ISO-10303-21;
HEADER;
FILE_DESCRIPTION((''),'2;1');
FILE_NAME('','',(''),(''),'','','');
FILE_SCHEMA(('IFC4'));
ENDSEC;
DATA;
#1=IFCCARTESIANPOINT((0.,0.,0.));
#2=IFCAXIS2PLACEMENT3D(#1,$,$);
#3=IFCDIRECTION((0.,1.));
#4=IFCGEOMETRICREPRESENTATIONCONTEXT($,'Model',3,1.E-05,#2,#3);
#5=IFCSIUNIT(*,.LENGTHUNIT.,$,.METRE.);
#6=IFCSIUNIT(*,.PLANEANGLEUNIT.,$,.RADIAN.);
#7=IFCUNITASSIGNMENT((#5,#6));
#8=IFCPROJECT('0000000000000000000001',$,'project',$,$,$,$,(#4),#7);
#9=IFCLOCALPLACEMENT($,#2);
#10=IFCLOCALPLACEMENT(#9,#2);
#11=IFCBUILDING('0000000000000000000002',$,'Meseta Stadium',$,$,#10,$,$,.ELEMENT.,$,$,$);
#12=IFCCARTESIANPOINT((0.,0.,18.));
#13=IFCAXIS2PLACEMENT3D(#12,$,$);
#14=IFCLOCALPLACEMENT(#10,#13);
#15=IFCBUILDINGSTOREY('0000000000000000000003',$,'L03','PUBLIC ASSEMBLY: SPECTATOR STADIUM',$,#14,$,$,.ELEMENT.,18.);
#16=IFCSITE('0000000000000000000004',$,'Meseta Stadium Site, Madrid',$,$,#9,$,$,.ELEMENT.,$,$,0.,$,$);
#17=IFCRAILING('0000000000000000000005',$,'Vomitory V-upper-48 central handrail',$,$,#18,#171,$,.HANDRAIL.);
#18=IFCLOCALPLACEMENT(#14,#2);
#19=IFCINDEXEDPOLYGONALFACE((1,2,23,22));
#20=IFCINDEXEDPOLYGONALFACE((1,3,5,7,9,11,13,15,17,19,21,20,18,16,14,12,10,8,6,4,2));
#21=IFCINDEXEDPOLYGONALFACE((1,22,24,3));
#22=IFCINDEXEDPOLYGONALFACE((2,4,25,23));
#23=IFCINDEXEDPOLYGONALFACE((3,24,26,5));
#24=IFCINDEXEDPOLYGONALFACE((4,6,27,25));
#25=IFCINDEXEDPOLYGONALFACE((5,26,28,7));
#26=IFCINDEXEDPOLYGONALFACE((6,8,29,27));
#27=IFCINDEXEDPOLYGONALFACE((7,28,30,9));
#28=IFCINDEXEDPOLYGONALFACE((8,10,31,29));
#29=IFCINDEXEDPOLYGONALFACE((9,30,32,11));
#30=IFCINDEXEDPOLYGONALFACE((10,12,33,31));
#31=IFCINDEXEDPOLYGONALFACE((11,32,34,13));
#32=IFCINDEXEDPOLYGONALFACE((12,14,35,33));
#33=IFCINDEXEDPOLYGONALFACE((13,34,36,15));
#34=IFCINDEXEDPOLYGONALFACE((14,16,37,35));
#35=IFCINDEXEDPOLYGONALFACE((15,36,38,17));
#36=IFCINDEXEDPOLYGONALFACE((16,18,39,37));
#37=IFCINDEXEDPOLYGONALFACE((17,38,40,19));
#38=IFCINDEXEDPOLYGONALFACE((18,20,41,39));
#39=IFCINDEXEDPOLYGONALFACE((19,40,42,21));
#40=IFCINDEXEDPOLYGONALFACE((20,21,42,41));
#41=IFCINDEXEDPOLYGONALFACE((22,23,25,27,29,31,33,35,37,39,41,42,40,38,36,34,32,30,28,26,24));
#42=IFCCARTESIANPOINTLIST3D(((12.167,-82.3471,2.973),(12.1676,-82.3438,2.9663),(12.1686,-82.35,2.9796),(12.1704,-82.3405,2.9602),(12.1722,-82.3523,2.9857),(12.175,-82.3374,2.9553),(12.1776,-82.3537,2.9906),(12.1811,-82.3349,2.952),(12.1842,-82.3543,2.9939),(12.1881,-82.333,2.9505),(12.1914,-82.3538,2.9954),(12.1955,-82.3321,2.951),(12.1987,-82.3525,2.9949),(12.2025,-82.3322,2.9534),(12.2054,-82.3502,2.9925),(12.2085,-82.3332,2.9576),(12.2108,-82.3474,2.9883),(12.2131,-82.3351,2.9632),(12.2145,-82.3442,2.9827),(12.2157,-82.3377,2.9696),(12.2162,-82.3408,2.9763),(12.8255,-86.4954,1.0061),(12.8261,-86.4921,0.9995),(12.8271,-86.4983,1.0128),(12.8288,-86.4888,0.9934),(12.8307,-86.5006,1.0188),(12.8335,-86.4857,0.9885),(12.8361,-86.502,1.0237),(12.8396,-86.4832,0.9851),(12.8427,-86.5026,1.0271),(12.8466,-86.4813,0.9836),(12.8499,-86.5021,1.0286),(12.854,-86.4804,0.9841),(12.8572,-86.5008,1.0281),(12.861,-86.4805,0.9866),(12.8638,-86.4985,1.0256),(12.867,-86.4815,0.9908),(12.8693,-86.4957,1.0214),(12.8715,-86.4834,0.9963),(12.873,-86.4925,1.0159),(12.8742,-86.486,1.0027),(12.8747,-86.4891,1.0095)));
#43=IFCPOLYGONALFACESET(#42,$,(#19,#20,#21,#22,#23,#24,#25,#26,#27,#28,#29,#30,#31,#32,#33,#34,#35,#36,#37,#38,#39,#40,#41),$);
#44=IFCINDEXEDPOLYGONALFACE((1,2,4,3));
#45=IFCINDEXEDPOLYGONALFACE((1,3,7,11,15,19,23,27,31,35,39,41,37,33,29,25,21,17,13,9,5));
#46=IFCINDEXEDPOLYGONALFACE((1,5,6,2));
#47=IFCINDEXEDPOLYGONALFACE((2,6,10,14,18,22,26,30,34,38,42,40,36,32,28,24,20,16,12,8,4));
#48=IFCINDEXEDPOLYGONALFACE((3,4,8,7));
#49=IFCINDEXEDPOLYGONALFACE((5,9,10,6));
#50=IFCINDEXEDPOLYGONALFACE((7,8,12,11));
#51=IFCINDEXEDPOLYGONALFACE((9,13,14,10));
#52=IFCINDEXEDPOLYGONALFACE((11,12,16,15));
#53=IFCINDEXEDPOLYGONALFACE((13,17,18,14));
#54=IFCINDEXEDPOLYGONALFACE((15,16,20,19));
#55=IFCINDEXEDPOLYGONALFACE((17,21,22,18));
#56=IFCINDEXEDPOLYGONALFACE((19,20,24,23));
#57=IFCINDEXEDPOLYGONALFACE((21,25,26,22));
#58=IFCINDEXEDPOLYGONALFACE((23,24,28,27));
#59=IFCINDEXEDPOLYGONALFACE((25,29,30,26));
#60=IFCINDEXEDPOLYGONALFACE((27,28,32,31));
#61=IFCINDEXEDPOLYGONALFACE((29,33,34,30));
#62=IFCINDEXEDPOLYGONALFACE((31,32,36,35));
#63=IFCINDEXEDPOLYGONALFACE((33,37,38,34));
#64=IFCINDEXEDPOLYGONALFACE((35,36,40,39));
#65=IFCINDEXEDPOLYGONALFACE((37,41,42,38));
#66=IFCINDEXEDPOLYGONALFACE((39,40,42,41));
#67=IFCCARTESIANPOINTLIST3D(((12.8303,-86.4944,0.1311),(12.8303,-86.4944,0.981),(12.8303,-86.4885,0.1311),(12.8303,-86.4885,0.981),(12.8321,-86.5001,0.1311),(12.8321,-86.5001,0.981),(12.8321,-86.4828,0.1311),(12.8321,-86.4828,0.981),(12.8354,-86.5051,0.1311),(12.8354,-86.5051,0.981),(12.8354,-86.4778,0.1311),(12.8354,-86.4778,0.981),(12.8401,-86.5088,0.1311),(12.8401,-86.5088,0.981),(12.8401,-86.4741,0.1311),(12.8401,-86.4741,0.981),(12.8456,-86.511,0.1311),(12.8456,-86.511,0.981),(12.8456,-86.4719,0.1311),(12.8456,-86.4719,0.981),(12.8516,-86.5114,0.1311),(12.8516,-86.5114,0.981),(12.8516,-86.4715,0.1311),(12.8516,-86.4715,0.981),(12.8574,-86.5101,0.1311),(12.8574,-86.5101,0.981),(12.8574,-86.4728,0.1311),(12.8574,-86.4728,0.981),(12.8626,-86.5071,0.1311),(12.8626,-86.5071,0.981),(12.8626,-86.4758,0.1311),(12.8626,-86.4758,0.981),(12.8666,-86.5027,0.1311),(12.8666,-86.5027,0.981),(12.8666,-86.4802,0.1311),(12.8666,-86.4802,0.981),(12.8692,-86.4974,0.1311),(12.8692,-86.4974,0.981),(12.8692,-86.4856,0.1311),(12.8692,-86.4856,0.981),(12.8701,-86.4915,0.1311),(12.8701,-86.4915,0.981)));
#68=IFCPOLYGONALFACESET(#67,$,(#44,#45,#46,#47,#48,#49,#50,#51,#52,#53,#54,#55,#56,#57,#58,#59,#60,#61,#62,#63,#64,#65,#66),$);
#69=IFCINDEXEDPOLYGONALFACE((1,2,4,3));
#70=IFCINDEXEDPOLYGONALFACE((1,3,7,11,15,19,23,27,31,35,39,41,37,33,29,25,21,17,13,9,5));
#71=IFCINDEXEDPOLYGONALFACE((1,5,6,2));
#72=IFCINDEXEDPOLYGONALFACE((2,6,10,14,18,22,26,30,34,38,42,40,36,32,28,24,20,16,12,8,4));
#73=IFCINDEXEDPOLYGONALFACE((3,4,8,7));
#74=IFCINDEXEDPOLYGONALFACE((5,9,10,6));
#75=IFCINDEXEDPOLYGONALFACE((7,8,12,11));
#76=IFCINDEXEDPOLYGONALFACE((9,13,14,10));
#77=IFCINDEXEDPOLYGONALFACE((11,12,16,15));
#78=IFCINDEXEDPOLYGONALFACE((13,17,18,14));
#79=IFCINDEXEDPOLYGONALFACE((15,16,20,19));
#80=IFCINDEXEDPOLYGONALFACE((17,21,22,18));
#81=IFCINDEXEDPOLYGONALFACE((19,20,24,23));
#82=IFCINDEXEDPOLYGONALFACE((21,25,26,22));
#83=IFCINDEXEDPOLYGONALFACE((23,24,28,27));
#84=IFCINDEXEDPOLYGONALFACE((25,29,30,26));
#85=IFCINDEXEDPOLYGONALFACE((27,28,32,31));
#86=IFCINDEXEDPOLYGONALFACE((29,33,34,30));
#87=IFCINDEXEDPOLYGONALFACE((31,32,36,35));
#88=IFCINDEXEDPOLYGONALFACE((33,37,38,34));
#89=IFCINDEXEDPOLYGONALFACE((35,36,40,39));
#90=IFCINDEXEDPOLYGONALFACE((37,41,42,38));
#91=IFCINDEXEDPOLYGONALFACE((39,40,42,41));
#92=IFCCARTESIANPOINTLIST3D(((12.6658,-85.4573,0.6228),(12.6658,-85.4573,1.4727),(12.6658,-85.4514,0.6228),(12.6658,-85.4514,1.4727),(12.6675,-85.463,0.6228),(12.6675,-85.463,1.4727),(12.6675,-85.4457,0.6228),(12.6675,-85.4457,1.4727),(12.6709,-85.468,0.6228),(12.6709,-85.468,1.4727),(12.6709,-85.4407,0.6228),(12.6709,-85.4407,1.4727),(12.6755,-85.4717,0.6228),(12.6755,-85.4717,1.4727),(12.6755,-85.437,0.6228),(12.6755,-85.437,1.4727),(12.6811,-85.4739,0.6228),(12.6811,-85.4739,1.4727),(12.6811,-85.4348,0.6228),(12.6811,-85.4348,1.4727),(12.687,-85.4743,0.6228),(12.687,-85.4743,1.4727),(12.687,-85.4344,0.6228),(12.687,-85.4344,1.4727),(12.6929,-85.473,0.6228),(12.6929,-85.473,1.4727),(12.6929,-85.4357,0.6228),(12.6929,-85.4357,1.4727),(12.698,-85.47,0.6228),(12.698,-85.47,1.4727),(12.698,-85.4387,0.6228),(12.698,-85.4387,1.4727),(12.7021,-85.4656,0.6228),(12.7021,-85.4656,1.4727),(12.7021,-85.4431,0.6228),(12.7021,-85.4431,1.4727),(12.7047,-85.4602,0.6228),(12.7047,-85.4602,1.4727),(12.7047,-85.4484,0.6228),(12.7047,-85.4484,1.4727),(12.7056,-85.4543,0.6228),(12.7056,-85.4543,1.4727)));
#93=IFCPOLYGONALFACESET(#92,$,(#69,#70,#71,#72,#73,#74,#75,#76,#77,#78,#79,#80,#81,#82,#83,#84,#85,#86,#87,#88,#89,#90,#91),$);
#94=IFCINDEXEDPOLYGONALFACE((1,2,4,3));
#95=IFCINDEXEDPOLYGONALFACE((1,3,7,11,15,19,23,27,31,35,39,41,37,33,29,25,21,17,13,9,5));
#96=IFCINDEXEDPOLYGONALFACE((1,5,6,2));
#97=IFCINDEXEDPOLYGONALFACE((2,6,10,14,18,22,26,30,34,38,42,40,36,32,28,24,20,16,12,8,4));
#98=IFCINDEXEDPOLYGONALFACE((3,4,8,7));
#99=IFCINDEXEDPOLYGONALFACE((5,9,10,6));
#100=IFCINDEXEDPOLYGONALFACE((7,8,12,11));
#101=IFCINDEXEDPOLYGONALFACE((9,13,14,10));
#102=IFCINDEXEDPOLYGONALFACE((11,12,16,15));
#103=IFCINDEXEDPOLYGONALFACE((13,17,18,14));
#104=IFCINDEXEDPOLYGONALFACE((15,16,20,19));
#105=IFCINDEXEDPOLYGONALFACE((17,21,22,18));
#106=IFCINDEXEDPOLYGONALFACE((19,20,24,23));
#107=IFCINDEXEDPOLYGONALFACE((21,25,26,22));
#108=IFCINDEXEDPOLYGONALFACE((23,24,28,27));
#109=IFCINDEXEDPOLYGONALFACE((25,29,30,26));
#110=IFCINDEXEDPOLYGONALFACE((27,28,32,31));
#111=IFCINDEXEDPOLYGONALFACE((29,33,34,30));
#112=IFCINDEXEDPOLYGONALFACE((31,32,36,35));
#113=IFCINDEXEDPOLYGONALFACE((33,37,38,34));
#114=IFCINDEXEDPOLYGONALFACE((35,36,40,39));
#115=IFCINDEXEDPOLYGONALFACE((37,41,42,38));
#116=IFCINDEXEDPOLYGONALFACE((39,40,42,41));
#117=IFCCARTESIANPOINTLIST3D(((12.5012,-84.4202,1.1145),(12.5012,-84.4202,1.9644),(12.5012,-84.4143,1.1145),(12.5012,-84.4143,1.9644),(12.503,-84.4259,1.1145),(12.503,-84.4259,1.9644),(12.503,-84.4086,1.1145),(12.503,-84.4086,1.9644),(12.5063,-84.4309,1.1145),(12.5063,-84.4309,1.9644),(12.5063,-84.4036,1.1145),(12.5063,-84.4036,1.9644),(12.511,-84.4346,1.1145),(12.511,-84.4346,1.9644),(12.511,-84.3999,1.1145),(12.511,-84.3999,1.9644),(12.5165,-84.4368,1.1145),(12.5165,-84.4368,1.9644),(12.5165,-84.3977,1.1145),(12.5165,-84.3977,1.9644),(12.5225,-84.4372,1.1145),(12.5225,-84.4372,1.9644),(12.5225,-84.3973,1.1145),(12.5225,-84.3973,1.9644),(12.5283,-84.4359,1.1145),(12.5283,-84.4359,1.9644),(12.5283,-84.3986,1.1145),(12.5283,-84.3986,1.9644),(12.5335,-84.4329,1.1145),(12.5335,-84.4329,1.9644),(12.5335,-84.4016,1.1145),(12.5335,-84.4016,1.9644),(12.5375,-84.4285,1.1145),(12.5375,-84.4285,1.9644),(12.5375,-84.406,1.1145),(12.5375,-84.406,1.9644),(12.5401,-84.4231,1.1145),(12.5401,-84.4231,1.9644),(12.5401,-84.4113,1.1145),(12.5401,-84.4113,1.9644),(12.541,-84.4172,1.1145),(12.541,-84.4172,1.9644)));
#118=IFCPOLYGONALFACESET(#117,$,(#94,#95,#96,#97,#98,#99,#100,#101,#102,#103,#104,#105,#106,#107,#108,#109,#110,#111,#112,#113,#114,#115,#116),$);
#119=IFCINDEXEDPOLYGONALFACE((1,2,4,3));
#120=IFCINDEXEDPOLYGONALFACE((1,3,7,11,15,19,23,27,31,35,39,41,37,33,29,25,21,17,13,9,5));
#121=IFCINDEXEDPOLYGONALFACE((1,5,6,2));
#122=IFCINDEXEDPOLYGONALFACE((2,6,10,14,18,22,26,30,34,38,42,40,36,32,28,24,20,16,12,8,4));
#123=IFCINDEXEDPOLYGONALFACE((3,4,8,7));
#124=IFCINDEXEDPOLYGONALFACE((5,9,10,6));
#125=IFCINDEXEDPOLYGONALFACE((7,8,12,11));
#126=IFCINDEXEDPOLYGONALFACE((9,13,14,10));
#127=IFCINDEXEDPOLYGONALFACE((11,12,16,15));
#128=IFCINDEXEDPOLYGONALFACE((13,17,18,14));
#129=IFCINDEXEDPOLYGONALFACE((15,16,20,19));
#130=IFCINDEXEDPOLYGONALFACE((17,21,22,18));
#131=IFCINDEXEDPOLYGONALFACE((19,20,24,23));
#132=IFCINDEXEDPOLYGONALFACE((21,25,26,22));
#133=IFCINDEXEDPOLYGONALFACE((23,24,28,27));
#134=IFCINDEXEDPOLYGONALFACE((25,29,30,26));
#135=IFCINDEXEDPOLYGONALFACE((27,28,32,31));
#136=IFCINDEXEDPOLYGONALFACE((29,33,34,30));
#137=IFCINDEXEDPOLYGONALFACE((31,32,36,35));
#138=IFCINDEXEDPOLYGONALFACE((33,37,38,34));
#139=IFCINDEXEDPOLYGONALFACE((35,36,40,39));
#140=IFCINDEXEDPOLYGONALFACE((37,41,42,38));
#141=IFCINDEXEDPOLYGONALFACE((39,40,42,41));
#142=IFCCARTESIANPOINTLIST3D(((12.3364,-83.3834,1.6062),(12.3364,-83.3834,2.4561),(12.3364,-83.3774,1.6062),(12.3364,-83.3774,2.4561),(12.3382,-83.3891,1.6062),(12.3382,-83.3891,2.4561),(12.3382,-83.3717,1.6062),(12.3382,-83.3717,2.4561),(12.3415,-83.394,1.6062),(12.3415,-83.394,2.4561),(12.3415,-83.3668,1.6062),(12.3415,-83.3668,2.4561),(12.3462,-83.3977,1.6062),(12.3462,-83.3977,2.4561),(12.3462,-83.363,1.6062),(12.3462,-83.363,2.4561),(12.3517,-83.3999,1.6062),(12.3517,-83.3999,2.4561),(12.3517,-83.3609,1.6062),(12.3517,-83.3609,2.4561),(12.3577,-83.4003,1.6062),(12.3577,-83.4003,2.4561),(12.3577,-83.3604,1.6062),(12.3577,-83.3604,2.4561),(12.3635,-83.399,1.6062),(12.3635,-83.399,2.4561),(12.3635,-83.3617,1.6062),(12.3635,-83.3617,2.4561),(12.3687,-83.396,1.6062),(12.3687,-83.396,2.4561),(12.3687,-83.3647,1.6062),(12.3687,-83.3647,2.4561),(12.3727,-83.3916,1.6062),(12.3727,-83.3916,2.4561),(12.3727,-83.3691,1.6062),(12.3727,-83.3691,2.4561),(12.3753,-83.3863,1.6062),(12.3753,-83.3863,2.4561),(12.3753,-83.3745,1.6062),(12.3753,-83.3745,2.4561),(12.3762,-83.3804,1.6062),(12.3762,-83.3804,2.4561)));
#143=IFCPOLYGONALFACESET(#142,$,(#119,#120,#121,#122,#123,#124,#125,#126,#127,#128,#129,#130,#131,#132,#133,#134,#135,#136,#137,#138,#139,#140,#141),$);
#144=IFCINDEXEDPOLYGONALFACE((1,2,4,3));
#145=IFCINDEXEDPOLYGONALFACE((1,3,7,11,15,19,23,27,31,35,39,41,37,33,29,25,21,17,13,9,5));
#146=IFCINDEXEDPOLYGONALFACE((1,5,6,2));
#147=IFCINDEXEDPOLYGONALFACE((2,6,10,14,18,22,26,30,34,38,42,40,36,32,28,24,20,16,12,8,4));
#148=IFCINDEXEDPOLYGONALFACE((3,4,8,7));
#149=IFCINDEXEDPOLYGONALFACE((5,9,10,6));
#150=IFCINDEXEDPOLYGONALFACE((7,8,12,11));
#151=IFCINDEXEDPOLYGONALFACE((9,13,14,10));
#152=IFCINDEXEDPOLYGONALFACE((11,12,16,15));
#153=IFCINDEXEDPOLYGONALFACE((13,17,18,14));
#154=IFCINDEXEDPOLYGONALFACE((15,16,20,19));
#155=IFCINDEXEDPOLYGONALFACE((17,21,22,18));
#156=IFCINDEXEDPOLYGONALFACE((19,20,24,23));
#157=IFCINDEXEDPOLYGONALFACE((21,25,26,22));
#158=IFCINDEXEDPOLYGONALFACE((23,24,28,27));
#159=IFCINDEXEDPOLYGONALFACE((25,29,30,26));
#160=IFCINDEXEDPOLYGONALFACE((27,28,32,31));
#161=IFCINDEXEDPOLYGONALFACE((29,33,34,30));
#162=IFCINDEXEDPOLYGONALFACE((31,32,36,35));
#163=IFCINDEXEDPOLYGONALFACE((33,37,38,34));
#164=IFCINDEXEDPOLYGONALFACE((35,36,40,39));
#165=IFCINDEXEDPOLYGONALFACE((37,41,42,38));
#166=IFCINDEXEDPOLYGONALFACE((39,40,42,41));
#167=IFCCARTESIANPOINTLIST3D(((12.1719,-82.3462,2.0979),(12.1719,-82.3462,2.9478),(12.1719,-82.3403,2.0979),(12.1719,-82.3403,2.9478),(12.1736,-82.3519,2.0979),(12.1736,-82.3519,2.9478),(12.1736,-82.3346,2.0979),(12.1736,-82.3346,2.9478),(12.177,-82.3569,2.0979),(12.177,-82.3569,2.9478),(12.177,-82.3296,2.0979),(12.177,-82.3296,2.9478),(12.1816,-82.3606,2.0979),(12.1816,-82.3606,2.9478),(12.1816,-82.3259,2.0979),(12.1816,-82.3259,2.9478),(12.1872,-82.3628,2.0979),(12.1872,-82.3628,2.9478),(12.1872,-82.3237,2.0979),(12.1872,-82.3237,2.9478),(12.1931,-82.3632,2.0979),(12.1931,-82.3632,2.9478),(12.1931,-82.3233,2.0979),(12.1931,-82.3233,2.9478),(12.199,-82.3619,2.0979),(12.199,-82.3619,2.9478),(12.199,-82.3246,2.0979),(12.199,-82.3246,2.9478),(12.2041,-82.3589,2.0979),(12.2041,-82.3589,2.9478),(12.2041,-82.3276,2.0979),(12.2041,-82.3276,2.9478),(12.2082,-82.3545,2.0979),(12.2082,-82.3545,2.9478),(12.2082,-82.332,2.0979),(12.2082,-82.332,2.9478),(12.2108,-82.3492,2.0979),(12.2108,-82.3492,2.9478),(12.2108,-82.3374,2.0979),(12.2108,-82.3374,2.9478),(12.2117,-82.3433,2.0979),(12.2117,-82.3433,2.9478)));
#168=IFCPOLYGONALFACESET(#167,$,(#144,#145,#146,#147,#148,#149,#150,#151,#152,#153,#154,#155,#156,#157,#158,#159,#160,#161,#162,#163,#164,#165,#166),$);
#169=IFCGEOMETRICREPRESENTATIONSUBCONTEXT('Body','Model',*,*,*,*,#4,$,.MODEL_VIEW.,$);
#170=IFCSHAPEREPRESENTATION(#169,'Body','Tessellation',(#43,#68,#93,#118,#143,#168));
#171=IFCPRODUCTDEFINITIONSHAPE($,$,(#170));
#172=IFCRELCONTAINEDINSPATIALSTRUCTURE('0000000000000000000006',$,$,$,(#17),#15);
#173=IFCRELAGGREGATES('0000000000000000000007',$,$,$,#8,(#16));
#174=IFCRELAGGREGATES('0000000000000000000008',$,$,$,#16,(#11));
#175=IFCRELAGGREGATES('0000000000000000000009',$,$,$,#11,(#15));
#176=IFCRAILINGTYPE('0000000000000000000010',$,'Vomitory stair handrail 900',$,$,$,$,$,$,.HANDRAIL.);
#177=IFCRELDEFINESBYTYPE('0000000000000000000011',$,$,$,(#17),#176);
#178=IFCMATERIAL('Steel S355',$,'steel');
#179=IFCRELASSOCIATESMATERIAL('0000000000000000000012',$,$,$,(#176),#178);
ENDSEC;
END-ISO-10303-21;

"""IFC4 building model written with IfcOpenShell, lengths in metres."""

from ifc_helpers import new_model, si_unit, direction, frame, origin, origin_2d, place, context, subcontext, project, spatial, circle, extrude, material, type_object, element, save


model = new_model("IFC4")

# Units and contexts
model_context = context("Model", 3, precision=1e-05, world=origin(), true_north=direction((0.0, 1.0)))
body_context = subcontext(model_context, "Body", "Model", "MODEL_VIEW")
ifc_project = project(units=[si_unit("LENGTHUNIT", "METRE"), si_unit("PLANEANGLEUNIT", "RADIAN")], contexts=[model_context])

# Site, building, storey
site_placement = place(None, origin())
site = spatial("IfcSite", under=ifc_project, at=site_placement, Name="Meseta Stadium Site, Madrid", CompositionType="ELEMENT", RefElevation=0.0)
building_placement = place(site_placement, origin())
building = spatial("IfcBuilding", under=site, at=building_placement, Name="Meseta Stadium", CompositionType="ELEMENT")
storey_placement = place(building_placement, frame((0.0, 0.0, 18.0)))
storey = spatial("IfcBuildingStorey", under=building, at=storey_placement, Name="L03", Description="PUBLIC ASSEMBLY: SPECTATOR STADIUM", CompositionType="ELEMENT", Elevation=18.0)

# Railing
ifc_material_1 = material(Name="Steel S355", Category="steel")
railing_type_1 = type_object("IfcRailingType", Name="Vomitory stair handrail 900", PredefinedType="HANDRAIL", material=ifc_material_1)
railing_1_placement = place(storey_placement, frame((12.8501, -86.4915, 0.1311)))
element("IfcRailing", 1, at=railing_1_placement, inside=storey, type_object=railing_type_1, Name="Vomitory V-upper-48 central handrail", PredefinedType="HANDRAIL", context=body_context, shape_type="SweptSolid", body=[
    extrude(circle(Radius=0.0249, at=origin_2d()), frame((0.0, 0.0, 0.875), z_axis=(-0.141974, 0.894428, 0.424078), x_axis=(-0.987635, -0.156768, 0.0)), (0.0, 0.0, 1.0), 4.6379),
    extrude(circle(Radius=0.02, at=origin_2d()), origin(), (0.0, 0.0, 1.0), 0.8499),
    extrude(circle(Radius=0.02, at=origin_2d()), frame((-0.1646, 1.0371, 0.4917)), (0.0, 0.0, 1.0), 0.8499),
    extrude(circle(Radius=0.02, at=origin_2d()), frame((-0.3291, 2.0742, 0.9834)), (0.0, 0.0, 1.0), 0.8499),
    extrude(circle(Radius=0.02, at=origin_2d()), frame((-0.4939, 3.1111, 1.4751)), (0.0, 0.0, 1.0), 0.8499),
    extrude(circle(Radius=0.02, at=origin_2d()), frame((-0.6584, 4.1482, 1.9668)), (0.0, 0.0, 1.0), 0.8499),
])

save(model, "model.ifc")
